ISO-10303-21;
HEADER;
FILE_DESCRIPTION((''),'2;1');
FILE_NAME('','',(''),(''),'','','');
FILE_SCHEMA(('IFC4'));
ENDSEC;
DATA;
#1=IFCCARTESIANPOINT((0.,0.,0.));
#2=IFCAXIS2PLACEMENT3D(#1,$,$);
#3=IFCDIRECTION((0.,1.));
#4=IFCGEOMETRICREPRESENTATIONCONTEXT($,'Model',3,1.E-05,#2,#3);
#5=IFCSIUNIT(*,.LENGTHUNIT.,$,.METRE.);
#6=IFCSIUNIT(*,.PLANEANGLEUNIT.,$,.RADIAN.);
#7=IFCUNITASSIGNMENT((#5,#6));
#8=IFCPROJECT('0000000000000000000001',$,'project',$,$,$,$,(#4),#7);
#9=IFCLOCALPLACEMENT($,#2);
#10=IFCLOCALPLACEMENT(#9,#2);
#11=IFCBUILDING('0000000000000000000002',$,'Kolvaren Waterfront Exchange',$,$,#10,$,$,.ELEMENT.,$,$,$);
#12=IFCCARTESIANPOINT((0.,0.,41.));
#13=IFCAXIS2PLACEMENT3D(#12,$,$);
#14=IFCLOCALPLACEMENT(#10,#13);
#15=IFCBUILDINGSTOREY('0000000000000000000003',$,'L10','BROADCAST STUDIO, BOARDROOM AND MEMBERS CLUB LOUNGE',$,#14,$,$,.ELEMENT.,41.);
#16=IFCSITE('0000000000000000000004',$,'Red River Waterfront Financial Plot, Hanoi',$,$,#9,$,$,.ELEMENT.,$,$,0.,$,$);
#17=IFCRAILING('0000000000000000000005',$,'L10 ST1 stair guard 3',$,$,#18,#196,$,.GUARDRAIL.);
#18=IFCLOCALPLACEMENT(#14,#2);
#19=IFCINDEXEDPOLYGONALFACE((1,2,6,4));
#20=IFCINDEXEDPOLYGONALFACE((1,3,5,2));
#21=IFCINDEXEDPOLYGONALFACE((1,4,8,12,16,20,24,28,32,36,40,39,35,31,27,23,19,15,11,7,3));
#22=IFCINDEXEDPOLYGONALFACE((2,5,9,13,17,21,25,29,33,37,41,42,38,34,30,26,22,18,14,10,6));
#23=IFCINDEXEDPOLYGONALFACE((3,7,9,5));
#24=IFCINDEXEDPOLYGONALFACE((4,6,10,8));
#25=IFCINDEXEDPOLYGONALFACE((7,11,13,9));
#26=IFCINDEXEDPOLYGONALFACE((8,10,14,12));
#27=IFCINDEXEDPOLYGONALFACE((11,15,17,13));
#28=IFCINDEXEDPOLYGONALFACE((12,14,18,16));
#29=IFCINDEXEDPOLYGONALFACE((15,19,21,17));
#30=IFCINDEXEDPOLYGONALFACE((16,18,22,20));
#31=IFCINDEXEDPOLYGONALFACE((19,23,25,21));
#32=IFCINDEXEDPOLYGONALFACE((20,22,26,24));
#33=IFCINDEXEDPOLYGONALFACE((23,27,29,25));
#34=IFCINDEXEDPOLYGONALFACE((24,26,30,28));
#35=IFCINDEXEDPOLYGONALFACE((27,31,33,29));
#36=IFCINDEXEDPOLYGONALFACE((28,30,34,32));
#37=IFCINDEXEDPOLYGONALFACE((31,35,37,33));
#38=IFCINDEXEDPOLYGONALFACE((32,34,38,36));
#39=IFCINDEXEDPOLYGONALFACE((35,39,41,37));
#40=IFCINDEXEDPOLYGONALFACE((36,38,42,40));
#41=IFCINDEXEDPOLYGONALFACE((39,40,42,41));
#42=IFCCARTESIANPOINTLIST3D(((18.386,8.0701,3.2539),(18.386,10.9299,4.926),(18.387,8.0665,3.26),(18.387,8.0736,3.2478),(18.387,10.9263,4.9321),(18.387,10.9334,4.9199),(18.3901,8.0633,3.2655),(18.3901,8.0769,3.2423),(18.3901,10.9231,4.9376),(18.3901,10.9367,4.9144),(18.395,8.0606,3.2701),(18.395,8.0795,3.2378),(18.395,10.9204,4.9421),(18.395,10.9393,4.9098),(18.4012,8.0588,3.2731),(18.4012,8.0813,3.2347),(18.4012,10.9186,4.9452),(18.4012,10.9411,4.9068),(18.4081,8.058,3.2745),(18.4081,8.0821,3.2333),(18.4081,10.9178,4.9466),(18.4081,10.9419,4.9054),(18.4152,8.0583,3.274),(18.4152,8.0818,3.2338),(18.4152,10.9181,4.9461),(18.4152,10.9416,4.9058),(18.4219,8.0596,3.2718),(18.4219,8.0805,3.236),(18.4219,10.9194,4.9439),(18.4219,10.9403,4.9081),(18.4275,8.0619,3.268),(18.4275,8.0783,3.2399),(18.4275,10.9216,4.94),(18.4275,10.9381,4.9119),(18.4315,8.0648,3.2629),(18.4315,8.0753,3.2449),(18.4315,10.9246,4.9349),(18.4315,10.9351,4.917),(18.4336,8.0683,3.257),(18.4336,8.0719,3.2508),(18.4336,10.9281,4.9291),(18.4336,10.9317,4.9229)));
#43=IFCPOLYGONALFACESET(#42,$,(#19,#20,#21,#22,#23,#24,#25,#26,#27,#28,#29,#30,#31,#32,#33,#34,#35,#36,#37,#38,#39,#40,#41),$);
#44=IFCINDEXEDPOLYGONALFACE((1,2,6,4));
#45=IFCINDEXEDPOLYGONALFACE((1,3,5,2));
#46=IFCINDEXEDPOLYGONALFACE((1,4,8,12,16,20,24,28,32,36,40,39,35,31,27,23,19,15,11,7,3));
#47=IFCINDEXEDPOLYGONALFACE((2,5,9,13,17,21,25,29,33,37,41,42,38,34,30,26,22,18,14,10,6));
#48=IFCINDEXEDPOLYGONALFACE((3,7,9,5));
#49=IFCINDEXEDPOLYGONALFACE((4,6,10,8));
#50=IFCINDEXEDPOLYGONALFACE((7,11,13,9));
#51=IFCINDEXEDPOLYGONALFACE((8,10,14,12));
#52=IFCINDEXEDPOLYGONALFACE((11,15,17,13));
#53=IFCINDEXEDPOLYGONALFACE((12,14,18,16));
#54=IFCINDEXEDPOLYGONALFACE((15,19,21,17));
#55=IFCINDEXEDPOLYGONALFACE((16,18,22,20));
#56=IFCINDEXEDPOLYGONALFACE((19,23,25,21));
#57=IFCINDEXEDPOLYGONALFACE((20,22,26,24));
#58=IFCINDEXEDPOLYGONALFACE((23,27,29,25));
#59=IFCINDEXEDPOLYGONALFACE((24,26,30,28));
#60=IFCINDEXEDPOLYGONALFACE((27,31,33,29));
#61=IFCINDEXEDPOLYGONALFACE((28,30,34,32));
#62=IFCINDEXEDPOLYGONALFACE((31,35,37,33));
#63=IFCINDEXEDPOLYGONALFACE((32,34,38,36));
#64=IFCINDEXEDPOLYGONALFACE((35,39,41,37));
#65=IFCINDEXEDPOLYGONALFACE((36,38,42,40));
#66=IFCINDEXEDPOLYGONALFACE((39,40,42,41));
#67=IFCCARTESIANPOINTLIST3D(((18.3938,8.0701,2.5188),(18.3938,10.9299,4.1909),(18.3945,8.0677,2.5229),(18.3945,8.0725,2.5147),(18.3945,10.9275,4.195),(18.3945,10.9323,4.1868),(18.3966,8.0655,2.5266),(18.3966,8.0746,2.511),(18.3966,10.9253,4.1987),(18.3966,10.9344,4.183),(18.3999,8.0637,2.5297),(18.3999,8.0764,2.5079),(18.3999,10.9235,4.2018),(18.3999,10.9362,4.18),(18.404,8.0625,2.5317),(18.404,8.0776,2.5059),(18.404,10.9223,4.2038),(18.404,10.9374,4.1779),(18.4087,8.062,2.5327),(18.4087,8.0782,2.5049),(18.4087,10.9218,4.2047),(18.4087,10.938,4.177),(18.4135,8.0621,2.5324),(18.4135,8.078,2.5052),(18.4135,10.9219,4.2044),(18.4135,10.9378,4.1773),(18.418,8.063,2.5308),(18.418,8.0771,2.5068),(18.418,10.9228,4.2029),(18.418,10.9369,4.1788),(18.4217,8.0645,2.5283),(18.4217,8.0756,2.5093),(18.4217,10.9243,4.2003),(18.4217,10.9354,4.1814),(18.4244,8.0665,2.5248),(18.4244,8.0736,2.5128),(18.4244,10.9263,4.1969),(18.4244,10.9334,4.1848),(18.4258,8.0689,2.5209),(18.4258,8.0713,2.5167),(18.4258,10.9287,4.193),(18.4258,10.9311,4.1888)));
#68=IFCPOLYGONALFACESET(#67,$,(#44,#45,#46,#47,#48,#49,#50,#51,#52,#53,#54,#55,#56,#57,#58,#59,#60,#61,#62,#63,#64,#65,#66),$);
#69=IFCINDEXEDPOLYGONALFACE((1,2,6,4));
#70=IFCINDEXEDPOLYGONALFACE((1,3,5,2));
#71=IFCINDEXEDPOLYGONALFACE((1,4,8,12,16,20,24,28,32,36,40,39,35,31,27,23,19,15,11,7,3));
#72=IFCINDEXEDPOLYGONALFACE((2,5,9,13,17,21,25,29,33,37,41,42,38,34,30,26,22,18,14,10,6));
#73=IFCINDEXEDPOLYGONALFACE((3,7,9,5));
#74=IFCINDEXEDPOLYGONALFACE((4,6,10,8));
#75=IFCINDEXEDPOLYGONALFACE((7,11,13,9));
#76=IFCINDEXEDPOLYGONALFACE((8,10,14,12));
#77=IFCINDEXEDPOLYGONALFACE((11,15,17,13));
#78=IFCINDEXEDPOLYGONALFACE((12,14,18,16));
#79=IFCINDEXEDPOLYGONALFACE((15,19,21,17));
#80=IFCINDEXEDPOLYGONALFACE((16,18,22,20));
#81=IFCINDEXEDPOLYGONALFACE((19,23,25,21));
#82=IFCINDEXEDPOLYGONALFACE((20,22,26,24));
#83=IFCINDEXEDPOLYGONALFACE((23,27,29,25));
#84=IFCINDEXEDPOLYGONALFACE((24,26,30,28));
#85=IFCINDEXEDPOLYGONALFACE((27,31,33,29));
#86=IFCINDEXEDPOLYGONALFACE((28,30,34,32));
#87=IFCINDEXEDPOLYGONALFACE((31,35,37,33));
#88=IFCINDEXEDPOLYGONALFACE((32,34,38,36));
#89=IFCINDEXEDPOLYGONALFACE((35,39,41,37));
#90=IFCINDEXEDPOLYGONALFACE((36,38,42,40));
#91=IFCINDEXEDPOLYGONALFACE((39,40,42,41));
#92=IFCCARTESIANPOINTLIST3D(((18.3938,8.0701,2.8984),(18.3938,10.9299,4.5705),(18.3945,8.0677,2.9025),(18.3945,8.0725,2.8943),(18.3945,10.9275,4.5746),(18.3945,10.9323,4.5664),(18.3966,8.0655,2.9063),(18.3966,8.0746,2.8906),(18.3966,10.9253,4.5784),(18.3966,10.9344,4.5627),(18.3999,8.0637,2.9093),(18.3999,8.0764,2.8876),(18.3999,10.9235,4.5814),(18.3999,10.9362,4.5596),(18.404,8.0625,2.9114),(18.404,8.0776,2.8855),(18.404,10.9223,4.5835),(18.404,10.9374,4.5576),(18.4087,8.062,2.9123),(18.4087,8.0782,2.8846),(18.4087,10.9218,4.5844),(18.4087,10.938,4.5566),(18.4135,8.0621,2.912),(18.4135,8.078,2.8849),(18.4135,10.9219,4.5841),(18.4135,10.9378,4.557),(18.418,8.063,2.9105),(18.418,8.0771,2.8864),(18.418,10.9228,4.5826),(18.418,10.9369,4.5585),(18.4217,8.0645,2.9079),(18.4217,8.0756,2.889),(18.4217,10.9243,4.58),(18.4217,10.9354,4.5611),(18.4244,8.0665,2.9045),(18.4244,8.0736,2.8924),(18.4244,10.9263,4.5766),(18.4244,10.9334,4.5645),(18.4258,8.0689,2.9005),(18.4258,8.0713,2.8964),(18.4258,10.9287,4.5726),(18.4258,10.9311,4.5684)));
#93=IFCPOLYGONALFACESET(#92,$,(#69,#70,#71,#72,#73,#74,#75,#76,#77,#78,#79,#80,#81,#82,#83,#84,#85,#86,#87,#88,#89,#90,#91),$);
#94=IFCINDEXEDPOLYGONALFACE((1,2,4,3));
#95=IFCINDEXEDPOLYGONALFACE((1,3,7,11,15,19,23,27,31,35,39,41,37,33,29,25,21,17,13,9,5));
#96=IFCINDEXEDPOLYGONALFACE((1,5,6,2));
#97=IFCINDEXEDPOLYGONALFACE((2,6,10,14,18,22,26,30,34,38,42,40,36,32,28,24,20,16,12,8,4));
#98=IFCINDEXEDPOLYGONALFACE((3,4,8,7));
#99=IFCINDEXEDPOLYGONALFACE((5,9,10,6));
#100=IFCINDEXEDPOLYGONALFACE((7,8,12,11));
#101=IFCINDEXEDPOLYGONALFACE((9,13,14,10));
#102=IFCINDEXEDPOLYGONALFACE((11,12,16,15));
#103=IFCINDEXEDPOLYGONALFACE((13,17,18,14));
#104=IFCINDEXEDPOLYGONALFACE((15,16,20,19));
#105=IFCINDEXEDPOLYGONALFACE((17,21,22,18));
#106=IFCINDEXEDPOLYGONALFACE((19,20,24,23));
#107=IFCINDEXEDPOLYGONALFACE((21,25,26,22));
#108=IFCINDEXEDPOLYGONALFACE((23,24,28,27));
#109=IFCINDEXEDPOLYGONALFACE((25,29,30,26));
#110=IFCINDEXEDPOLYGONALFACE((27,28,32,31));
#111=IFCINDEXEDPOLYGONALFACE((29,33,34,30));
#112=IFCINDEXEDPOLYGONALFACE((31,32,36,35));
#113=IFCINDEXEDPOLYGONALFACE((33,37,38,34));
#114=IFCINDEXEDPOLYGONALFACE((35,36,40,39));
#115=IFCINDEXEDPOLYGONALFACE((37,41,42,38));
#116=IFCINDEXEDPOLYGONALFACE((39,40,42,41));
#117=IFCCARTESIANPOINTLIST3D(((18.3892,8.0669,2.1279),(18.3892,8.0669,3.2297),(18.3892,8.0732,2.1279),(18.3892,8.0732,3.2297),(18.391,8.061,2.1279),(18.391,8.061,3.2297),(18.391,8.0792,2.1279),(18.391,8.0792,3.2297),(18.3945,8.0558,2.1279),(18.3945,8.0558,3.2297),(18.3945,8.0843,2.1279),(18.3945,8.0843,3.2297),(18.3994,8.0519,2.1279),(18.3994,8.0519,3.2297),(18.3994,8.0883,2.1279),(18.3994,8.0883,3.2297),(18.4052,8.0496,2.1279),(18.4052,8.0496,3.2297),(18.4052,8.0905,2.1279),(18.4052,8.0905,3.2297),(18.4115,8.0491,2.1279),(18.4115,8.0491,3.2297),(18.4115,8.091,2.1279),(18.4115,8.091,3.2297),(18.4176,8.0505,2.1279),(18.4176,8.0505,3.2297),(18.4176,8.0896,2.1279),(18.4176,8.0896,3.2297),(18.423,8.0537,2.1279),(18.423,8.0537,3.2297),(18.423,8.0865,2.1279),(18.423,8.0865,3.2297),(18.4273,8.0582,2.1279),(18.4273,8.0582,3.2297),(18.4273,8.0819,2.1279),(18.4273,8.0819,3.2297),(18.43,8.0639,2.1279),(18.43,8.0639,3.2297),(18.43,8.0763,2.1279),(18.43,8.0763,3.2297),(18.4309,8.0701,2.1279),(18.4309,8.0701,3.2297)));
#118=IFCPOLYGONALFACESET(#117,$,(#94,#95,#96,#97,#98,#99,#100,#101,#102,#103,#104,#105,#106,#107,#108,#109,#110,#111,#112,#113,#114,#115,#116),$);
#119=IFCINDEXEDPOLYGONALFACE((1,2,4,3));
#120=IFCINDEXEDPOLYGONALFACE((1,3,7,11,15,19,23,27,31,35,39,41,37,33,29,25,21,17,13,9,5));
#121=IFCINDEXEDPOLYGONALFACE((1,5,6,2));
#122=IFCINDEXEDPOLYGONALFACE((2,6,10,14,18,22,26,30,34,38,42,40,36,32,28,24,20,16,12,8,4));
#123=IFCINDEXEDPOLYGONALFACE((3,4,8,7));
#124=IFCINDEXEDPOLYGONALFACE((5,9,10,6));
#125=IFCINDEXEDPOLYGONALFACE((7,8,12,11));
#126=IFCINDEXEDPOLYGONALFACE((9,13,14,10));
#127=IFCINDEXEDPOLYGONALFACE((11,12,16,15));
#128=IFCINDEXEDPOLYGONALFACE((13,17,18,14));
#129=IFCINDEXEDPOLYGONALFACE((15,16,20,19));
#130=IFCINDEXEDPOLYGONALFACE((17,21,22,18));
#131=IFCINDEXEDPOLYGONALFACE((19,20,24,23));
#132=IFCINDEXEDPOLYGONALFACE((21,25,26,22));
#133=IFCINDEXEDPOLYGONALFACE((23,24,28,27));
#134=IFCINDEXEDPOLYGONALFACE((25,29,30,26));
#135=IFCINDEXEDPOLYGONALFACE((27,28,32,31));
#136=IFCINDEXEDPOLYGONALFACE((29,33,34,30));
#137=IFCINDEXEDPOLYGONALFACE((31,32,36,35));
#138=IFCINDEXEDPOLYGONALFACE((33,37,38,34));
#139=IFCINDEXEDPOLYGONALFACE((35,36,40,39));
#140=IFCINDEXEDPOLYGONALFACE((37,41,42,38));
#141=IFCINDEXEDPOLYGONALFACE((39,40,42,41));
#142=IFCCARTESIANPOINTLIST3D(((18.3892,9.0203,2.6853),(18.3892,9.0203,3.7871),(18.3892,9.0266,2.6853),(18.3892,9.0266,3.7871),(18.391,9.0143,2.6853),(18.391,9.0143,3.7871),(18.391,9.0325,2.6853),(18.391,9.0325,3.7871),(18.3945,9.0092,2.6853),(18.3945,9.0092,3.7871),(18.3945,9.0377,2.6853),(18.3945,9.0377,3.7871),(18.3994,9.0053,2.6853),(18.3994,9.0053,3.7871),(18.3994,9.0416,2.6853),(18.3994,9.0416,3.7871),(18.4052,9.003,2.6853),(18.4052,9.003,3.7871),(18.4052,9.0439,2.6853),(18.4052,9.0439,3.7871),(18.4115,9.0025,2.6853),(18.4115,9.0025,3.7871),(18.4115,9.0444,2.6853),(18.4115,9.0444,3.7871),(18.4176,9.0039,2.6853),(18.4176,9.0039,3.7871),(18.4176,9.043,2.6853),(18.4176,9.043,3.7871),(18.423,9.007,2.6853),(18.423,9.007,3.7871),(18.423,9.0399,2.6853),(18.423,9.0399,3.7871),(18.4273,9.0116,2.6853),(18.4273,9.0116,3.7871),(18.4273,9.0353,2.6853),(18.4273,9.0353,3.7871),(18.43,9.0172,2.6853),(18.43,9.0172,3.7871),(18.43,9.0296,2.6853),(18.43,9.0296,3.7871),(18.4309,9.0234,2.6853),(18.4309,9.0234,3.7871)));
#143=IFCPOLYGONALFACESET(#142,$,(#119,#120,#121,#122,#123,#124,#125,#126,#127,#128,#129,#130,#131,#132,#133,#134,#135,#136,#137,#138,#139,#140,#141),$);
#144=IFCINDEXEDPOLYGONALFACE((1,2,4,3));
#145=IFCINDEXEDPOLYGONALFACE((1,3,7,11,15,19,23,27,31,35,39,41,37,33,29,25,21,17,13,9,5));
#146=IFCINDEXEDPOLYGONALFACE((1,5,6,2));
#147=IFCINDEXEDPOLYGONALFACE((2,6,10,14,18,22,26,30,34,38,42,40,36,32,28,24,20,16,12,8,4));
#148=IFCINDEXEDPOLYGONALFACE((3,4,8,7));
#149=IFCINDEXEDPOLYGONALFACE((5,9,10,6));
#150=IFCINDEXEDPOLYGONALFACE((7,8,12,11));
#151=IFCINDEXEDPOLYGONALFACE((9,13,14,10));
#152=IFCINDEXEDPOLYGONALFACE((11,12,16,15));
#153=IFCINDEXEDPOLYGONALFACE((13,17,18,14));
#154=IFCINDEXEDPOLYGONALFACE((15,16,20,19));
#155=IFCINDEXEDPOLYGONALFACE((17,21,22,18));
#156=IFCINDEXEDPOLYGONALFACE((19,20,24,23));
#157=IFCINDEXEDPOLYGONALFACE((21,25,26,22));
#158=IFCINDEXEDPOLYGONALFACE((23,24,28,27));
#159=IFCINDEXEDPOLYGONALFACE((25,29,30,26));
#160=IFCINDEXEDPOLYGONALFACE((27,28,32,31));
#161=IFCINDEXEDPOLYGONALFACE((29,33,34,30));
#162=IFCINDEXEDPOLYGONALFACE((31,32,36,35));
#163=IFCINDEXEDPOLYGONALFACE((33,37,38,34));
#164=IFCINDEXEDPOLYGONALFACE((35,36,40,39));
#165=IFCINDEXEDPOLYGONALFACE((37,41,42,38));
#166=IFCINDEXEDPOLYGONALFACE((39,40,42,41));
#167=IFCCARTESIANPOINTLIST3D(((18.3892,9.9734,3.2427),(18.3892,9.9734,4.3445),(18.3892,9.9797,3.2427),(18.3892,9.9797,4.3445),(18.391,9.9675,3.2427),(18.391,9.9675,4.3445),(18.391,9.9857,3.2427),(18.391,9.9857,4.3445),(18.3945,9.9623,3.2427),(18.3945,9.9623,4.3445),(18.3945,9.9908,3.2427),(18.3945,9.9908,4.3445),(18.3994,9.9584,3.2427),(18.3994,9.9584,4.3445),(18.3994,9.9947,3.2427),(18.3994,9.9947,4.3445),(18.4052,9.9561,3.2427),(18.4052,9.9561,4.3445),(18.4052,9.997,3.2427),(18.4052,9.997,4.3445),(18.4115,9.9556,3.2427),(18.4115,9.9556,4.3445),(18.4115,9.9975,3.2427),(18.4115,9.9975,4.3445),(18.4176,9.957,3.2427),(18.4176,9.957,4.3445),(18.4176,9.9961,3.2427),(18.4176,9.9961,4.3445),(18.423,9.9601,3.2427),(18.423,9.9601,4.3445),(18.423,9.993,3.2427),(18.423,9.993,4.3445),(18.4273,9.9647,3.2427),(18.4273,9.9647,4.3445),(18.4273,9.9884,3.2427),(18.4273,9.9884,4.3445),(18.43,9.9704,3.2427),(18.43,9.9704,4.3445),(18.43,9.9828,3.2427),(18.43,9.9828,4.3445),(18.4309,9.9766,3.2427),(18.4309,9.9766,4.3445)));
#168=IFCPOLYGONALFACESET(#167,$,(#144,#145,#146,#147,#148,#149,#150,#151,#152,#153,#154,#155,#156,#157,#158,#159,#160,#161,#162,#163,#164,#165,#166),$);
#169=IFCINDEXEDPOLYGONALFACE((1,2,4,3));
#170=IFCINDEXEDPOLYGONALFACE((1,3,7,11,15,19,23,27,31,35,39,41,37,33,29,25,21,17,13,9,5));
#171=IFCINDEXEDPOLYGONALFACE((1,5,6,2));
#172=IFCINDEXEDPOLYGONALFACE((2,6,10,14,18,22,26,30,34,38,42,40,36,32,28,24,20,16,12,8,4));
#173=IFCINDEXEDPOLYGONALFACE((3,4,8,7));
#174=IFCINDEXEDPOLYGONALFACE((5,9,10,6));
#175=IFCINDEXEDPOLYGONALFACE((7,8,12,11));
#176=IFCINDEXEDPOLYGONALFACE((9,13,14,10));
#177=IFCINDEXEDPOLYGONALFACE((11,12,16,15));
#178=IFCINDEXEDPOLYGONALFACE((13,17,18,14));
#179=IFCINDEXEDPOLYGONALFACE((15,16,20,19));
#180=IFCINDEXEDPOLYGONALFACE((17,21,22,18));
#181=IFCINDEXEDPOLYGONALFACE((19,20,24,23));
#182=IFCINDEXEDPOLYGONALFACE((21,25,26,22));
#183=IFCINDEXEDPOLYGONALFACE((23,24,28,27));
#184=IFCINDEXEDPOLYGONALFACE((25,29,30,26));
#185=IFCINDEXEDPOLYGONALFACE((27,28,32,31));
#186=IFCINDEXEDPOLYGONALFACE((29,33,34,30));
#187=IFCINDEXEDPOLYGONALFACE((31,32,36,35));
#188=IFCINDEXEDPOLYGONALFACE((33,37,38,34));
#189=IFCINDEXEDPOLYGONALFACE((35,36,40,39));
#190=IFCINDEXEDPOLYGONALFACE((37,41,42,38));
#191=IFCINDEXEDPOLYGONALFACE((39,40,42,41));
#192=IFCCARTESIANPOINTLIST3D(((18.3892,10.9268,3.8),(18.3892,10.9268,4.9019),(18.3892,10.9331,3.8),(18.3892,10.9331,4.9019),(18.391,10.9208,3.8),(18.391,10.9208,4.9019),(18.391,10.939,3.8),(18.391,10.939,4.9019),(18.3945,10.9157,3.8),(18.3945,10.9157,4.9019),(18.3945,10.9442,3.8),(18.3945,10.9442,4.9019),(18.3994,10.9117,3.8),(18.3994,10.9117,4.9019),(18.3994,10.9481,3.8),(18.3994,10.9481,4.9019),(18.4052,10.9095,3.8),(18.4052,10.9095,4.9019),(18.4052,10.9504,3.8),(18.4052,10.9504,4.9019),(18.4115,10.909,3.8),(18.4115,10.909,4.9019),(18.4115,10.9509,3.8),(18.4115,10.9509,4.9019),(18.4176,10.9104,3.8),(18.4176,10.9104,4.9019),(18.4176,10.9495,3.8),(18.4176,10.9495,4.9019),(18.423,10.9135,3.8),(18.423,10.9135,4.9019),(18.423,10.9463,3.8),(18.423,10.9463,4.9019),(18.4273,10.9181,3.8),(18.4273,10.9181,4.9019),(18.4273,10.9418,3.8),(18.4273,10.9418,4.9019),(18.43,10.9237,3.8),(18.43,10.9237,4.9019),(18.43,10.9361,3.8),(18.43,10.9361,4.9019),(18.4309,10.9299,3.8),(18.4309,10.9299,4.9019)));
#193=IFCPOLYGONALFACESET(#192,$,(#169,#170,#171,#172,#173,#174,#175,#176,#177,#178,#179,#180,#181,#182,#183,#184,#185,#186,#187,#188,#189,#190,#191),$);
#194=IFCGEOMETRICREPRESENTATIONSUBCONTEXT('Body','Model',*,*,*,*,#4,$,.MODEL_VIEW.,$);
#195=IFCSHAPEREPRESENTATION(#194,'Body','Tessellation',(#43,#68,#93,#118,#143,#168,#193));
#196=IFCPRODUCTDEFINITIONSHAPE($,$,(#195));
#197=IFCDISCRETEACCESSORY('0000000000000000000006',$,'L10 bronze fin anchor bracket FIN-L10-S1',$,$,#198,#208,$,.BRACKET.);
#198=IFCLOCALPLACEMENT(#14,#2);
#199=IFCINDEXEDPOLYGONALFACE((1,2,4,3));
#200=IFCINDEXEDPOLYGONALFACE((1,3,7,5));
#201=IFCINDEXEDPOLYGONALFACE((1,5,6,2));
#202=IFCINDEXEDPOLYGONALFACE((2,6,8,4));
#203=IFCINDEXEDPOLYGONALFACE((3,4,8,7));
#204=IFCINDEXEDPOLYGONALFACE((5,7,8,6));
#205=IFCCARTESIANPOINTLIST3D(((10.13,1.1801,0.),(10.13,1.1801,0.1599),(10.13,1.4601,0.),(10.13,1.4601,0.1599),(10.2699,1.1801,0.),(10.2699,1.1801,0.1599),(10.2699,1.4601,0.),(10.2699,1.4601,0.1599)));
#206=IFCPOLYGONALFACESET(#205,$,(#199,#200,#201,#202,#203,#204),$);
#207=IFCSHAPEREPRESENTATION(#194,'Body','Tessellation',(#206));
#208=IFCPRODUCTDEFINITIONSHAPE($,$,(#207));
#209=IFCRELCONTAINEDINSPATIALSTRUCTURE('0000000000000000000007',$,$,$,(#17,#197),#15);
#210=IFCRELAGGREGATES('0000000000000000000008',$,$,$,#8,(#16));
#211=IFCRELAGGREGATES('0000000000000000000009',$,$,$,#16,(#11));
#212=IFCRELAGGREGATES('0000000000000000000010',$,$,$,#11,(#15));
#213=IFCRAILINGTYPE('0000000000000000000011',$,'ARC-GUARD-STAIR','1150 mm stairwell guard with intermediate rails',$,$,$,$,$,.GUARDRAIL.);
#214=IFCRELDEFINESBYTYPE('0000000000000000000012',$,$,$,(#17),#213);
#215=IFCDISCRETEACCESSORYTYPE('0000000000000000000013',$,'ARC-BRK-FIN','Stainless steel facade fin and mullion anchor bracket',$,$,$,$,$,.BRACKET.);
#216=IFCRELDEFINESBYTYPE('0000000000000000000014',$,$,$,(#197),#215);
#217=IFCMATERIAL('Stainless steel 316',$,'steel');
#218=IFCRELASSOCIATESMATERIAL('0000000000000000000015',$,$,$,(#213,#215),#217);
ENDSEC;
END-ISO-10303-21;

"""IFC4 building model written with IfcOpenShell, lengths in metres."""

from ifc_helpers import new_model, si_unit, direction, frame, origin, origin_with_axes, origin_2d, place, context, subcontext, project, spatial, rectangle, circle, extrude, source, transform, mapped, material, type_object, element, save


model = new_model("IFC4")

# Units and contexts
model_context = context("Model", 3, precision=1e-05, world=origin(), true_north=direction((0.0, 1.0)))
body_context = subcontext(model_context, "Body", "Model", "MODEL_VIEW")
ifc_project = project(units=[si_unit("LENGTHUNIT", "METRE"), si_unit("PLANEANGLEUNIT", "RADIAN")], contexts=[model_context])

# Site, building, storey
site_placement = place(None, origin())
site = spatial("IfcSite", under=ifc_project, at=site_placement, Name="Red River Waterfront Financial Plot, Hanoi", CompositionType="ELEMENT", RefElevation=0.0)
building_placement = place(site_placement, origin())
building = spatial("IfcBuilding", under=site, at=building_placement, Name="Kolvaren Waterfront Exchange", CompositionType="ELEMENT")
storey_placement = place(building_placement, frame((0.0, 0.0, 41.0)))
storey = spatial("IfcBuildingStorey", under=building, at=storey_placement, Name="L10", Description="BROADCAST STUDIO, BOARDROOM AND MEMBERS CLUB LOUNGE", CompositionType="ELEMENT", Elevation=41.0)

# Railing
ifc_material_1 = material(Name="Stainless steel 316", Category="steel")
railing_type = type_object("IfcRailingType", Name="ARC-GUARD-STAIR", Description="1150 mm stairwell guard with intermediate rails", PredefinedType="GUARDRAIL", material=ifc_material_1)
railing_1_placement = place(storey_placement, frame((18.4099, 8.0701, 2.1279)))
element("IfcRailing", 1, at=railing_1_placement, inside=storey, type_object=railing_type, Name="L10 ST1 stair guard 3", PredefinedType="GUARDRAIL", context=body_context, shape_type="SweptSolid", body=[
    extrude(circle(Radius=0.0239, at=origin_2d()), frame((0.0, 0.0, 1.126), z_axis=(0.0, 0.863271, 0.504741), x_axis=(-1.0, 0.0, 0.0)), (0.0, 0.0, 1.0), 3.3127),
    extrude(circle(Radius=0.0161, at=origin_2d()), frame((0.0, 0.0, 0.3909), z_axis=(0.0, 0.863271, 0.504741), x_axis=(-1.0, 0.0, 0.0)), (0.0, 0.0, 1.0), 3.3127),
    extrude(circle(Radius=0.0161, at=origin_2d()), frame((0.0, 0.0, 0.7705), z_axis=(0.0, 0.863271, 0.504741), x_axis=(-1.0, 0.0, 0.0)), (0.0, 0.0, 1.0), 3.3127),
    extrude(circle(Radius=0.021, at=origin_2d()), origin(), (0.0, 0.0, 1.0), 1.1018),
    extrude(circle(Radius=0.021, at=origin_2d()), frame((0.0, 0.9534, 0.5574)), (0.0, 0.0, 1.0), 1.1018),
    extrude(circle(Radius=0.021, at=origin_2d()), frame((0.0, 1.9065, 1.1147)), (0.0, 0.0, 1.0), 1.1018),
    extrude(circle(Radius=0.021, at=origin_2d()), frame((0.0, 2.8599, 1.6721)), (0.0, 0.0, 1.0), 1.1018),
])

# Discrete accessory
discrete_accessory_type = type_object("IfcDiscreteAccessoryType", Name="ARC-BRK-FIN", Description="Stainless steel facade fin and mullion anchor bracket", PredefinedType="BRACKET", material=ifc_material_1)
shared_shape_1 = source(origin_with_axes(), body_context, "Body", "SweptSolid", [
    extrude(rectangle(XDim=0.28, YDim=0.1399, at=origin_2d()), origin(), (0.0, 0.0, 1.0), 0.1599),
])
for number, where, z_axis, x_axis, name in (
    (2, (10.2, 1.3201, 0.0), (0.0, 0.0, 1.0), (0.0, -1.0, 0.0), "L10 bronze fin anchor bracket FIN-L10-S1"),
):
    element("IfcDiscreteAccessory", number, at=place(storey_placement, frame(where, z_axis=z_axis, x_axis=x_axis)), inside=storey, type_object=discrete_accessory_type, Name=name, PredefinedType="BRACKET", context=body_context, shape_type="MappedRepresentation", body=[
        mapped(shared_shape_1, transform((0.0, 0.0, 0.0), x_axis=(1.0, 0.0, 0.0), y_axis=(0.0, 1.0, 0.0), z_axis=(0.0, 0.0, 1.0), scale=1.0)),
    ])

save(model, "model.ifc")
